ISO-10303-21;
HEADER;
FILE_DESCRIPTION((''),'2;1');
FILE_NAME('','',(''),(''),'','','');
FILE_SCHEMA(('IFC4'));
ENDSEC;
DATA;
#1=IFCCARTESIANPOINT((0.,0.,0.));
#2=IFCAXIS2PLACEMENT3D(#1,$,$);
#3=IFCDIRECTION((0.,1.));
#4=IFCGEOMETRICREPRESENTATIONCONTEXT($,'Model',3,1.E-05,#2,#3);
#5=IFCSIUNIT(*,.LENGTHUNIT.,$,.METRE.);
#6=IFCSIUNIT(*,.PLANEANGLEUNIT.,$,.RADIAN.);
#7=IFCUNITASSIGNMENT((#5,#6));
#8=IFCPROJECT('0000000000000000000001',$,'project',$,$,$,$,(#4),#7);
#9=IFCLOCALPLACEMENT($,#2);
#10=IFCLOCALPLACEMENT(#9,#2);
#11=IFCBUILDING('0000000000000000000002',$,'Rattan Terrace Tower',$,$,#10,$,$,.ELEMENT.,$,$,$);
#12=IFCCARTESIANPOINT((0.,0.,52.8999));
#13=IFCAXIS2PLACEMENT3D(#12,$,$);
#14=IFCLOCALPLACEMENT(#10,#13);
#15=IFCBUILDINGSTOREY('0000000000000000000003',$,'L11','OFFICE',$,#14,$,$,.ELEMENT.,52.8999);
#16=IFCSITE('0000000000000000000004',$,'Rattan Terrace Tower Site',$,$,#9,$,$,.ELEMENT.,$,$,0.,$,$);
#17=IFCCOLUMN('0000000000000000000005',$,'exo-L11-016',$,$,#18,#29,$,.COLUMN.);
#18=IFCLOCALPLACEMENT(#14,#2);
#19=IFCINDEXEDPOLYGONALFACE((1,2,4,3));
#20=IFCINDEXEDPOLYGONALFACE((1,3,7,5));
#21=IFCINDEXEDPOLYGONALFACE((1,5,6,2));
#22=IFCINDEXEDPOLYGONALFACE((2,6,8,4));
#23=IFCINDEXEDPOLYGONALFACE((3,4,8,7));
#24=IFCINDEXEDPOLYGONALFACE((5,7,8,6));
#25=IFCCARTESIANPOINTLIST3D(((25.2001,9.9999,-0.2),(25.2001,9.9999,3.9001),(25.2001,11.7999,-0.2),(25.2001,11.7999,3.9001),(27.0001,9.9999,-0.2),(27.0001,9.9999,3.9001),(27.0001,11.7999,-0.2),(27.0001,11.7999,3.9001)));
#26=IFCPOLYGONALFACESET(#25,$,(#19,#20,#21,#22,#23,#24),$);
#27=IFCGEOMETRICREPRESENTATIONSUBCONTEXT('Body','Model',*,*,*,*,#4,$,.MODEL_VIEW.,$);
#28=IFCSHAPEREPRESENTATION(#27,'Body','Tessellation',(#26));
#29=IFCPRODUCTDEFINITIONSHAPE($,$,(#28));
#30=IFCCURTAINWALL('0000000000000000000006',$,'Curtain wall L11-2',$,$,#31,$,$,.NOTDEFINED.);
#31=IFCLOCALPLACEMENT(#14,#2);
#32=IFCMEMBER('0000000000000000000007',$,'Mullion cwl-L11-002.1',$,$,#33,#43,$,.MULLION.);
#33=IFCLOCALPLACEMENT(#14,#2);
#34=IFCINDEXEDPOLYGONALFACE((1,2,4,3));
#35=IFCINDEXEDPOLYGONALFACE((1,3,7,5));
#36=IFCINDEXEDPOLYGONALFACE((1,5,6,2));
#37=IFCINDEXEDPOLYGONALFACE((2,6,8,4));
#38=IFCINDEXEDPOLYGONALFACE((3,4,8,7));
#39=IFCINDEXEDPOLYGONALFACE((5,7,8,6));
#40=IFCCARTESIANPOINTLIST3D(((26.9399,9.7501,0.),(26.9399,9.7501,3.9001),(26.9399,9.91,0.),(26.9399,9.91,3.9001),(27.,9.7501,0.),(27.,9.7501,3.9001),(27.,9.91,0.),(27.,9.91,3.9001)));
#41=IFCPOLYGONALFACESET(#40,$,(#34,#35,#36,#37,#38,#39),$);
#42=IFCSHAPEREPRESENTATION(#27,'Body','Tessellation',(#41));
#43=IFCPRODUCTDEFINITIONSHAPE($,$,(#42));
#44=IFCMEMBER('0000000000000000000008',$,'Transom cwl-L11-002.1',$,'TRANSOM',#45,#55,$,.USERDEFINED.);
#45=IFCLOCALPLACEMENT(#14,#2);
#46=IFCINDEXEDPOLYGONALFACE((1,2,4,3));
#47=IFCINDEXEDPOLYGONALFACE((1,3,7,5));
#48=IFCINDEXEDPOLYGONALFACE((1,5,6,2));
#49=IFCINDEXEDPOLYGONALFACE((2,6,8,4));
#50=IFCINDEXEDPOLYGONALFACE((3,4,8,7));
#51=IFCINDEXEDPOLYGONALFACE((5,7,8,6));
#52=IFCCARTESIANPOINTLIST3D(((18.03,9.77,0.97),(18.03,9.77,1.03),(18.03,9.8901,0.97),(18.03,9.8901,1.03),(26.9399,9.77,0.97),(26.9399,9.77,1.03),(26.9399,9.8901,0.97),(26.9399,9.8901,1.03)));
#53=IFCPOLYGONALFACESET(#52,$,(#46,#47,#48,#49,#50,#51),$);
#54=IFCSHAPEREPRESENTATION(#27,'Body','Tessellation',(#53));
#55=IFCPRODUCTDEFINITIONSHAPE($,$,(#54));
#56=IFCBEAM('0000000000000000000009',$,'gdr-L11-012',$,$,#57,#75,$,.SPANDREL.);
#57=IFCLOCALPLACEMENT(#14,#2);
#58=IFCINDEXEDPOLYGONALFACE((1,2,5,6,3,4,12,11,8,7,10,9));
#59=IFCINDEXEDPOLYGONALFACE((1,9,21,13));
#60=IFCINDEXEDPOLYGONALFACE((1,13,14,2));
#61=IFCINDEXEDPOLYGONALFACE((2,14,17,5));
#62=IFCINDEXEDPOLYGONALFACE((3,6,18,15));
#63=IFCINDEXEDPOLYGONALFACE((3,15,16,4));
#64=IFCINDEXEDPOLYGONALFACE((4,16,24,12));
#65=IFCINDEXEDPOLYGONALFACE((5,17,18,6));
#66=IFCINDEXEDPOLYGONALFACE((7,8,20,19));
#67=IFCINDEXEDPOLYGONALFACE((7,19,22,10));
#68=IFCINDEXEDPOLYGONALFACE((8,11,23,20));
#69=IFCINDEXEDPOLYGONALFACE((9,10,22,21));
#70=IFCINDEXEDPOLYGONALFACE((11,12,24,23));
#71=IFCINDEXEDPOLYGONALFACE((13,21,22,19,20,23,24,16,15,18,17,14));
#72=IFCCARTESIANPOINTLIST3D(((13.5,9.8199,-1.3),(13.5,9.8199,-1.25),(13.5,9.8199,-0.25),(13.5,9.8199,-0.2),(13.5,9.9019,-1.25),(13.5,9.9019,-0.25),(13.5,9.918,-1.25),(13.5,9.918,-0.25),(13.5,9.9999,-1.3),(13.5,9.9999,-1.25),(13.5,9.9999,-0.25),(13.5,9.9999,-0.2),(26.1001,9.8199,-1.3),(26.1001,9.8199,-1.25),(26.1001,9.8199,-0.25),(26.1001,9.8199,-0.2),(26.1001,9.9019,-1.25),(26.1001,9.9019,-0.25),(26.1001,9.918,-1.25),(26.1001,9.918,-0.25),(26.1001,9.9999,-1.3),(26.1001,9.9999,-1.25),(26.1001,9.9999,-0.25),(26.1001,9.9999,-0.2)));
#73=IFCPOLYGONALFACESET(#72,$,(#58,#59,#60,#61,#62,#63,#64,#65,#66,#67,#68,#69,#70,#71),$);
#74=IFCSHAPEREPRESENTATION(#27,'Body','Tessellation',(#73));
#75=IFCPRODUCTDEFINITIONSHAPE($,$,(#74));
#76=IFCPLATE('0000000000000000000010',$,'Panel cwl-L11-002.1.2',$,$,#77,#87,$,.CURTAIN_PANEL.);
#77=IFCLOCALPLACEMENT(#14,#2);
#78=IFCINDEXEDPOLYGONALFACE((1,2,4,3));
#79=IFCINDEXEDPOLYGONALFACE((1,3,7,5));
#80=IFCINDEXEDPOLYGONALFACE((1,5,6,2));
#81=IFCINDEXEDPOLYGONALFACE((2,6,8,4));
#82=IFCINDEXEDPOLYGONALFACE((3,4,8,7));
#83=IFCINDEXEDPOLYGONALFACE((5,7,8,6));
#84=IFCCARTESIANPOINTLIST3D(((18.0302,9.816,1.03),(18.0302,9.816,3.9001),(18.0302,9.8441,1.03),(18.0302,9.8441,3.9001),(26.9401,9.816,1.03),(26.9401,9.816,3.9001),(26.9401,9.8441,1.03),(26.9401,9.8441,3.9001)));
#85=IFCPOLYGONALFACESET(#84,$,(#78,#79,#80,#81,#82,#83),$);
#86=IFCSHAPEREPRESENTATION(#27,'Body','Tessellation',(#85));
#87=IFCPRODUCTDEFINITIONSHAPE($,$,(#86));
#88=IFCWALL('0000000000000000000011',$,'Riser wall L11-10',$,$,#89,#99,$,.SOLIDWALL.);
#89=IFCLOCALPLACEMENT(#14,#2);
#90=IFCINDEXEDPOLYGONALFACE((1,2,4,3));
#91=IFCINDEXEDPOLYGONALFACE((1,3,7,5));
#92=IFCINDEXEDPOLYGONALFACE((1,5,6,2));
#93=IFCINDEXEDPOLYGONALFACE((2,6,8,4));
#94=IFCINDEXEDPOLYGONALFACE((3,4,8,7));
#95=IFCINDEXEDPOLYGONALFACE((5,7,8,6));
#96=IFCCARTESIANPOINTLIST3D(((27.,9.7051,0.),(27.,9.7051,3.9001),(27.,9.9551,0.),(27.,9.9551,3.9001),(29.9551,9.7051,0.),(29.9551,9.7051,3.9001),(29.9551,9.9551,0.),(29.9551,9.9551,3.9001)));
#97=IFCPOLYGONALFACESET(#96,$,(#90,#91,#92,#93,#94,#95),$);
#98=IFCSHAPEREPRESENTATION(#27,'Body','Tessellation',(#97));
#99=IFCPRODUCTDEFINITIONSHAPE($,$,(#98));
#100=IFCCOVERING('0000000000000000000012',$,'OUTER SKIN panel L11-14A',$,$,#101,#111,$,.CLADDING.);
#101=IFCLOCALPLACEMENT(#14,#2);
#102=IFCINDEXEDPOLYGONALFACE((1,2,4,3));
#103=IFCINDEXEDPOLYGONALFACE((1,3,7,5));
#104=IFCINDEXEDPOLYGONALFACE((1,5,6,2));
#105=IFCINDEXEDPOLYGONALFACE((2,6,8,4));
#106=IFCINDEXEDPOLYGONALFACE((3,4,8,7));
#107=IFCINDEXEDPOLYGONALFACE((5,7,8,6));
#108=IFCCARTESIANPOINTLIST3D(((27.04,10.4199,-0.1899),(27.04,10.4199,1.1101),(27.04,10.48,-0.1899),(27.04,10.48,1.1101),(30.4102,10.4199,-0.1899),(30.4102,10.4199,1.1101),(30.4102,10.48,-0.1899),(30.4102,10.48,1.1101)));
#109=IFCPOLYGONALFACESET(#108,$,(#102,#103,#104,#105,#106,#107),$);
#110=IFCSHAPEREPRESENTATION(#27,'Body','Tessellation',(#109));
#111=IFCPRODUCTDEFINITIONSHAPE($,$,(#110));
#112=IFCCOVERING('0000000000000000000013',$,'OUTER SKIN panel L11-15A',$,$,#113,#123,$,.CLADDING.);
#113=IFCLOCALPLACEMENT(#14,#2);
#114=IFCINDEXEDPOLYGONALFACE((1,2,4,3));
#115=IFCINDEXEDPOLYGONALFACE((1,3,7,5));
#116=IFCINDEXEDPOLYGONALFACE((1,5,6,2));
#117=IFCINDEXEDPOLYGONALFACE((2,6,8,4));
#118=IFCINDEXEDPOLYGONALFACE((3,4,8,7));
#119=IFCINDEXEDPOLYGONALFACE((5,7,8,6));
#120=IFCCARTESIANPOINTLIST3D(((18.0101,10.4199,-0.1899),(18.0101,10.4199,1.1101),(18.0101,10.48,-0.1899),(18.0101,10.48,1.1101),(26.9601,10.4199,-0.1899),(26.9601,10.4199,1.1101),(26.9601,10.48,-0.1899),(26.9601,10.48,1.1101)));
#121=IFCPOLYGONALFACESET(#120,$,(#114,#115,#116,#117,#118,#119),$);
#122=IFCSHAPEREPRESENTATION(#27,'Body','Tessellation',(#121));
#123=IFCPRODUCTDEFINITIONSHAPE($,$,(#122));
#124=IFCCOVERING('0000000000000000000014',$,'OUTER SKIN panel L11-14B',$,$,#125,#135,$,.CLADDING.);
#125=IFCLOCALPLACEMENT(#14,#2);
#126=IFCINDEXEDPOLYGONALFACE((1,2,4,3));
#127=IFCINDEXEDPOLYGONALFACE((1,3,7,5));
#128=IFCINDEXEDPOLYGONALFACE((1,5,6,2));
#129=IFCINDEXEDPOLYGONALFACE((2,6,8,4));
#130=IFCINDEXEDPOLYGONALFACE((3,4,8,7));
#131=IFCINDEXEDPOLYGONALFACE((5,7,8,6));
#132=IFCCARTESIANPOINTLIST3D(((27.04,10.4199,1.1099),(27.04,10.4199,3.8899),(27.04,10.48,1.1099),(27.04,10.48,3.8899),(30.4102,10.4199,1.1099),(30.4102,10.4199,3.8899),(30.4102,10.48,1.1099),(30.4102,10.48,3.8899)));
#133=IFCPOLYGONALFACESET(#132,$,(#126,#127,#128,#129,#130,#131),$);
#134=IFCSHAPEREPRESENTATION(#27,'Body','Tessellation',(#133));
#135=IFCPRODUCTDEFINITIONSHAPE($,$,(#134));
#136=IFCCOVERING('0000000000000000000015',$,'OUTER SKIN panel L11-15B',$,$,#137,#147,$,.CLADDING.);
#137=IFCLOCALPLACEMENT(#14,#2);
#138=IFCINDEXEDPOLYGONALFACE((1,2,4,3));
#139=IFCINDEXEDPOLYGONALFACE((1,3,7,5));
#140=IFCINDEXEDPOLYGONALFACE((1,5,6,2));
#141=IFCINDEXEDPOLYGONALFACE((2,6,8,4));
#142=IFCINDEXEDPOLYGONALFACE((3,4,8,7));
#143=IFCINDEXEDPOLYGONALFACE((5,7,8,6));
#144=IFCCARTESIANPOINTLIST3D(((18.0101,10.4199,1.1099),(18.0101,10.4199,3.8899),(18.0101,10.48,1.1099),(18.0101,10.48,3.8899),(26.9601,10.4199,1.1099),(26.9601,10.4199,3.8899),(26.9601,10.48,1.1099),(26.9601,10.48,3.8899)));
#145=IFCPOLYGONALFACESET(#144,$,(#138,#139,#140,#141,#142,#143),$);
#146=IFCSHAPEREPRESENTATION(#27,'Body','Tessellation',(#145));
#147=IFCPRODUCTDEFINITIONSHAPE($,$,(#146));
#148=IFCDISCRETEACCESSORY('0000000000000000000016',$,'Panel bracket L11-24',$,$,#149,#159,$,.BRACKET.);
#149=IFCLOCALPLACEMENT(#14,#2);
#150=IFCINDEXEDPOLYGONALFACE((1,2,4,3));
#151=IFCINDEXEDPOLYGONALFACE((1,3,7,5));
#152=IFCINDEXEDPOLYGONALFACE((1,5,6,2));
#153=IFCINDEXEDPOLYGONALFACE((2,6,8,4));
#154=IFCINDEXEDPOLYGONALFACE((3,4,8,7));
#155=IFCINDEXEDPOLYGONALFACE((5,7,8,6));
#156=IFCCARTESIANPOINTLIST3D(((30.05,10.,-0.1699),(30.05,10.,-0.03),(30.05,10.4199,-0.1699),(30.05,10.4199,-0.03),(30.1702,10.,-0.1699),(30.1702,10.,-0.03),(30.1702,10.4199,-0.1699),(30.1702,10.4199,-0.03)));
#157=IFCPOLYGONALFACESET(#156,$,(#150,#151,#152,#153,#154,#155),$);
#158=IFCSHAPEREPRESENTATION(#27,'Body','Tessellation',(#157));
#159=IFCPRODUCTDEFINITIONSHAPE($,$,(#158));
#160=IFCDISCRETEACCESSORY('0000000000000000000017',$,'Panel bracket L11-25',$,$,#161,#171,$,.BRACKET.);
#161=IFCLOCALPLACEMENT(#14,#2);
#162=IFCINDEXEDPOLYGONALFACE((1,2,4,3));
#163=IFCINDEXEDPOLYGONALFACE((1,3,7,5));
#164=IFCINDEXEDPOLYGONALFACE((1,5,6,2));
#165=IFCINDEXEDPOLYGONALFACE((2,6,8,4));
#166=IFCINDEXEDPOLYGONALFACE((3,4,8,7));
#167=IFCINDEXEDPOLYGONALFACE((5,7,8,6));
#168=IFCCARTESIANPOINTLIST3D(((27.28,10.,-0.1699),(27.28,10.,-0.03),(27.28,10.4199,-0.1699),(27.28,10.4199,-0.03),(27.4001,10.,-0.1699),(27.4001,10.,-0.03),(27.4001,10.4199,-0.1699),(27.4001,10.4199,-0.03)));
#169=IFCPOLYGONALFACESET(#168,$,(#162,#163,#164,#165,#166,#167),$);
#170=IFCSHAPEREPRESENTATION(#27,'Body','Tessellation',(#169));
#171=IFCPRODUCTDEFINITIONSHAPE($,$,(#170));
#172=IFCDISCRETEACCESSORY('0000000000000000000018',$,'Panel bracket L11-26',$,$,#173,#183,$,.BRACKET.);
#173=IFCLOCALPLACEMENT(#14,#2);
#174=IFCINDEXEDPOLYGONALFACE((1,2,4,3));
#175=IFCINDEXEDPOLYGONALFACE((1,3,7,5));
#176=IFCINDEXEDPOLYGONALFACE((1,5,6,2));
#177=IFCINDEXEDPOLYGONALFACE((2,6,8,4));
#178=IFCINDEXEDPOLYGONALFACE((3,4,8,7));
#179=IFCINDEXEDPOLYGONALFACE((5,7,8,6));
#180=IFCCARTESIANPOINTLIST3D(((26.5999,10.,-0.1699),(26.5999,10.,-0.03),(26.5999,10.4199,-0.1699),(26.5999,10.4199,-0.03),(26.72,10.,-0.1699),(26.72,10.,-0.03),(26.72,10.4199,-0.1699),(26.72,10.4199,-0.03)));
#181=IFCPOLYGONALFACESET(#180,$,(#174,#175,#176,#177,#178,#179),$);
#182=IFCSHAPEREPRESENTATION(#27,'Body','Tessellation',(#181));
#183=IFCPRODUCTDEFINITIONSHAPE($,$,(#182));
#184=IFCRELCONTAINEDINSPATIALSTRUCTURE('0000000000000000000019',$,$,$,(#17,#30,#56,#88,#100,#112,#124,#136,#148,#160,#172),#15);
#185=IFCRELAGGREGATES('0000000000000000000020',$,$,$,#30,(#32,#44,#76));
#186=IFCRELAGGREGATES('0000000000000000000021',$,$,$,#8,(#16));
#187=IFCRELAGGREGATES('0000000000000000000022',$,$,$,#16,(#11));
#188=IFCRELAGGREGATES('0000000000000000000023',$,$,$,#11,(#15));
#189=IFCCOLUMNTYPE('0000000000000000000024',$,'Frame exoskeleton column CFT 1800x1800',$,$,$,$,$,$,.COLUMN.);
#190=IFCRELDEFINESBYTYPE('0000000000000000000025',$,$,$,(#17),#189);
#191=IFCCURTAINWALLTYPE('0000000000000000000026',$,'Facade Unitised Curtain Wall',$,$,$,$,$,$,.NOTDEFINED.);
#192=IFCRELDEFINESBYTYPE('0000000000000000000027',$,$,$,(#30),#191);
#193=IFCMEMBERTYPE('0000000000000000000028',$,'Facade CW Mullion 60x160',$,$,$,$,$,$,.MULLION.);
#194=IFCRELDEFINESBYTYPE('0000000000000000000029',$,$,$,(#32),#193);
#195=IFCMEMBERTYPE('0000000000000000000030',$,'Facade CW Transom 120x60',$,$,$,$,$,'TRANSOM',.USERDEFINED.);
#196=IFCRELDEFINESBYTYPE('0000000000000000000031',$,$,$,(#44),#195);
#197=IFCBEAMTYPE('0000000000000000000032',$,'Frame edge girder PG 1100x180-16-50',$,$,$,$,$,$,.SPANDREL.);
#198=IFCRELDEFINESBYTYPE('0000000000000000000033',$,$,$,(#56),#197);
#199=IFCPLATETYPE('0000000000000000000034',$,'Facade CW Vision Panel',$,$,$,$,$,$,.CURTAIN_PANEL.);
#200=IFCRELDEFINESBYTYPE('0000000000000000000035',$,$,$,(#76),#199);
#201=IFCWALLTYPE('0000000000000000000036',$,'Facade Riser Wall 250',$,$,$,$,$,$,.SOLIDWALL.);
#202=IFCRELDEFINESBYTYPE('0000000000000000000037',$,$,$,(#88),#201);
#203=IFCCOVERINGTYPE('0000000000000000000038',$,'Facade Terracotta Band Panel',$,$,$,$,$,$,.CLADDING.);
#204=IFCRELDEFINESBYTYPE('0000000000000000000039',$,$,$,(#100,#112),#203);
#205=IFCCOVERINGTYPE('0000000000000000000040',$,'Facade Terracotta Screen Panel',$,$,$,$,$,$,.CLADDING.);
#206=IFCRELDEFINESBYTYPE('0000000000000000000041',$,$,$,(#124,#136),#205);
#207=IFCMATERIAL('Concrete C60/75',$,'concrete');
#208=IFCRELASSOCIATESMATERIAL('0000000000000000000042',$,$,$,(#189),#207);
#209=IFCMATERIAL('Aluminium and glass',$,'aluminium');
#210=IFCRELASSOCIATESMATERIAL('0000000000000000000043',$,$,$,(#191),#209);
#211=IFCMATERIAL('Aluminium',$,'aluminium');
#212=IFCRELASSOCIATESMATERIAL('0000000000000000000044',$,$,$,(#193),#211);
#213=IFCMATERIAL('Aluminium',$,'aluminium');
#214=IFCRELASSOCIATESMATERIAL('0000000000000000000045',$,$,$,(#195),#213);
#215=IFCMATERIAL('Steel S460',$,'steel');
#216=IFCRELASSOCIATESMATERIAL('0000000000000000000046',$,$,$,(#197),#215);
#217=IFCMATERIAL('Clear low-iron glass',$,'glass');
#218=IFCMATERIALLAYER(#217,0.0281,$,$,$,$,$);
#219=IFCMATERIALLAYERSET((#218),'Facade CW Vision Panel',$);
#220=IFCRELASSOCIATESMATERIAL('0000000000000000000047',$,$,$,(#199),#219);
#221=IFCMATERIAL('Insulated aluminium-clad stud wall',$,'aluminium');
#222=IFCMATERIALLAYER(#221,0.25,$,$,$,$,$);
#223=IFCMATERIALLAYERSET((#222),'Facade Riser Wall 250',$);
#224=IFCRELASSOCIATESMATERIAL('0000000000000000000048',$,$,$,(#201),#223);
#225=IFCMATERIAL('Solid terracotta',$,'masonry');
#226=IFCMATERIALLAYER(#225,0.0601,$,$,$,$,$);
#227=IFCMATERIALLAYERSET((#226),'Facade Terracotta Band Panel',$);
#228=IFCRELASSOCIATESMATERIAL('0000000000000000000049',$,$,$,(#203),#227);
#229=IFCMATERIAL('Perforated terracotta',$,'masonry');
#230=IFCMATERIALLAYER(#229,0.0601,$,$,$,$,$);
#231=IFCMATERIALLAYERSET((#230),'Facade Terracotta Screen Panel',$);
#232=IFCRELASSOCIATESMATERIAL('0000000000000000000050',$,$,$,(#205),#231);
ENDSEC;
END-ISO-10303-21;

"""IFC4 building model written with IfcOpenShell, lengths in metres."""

from ifc_helpers import new_model, si_unit, direction, frame, frame_2d, origin, origin_2d, place, context, subcontext, project, spatial, rectangle, i_section, extrude, material, layer, layer_set, material_profile, profile_set, type_object, element, aggregate, save


model = new_model("IFC4")

# Units and contexts
model_context = context("Model", 3, precision=1e-05, world=origin(), true_north=direction((0.0, 1.0)))
body_context = subcontext(model_context, "Body", "Model", "MODEL_VIEW")
ifc_project = project(units=[si_unit("LENGTHUNIT", "METRE"), si_unit("PLANEANGLEUNIT", "RADIAN")], contexts=[model_context])

# Site, building, storey
site_placement = place(None, origin())
site = spatial("IfcSite", under=ifc_project, at=site_placement, Name="Rattan Terrace Tower Site", CompositionType="ELEMENT", RefElevation=0.0)
building_placement = place(site_placement, origin())
building = spatial("IfcBuilding", under=site, at=building_placement, Name="Rattan Terrace Tower", CompositionType="ELEMENT")
storey_placement = place(building_placement, frame((0.0, 0.0, 52.8999)))
storey = spatial("IfcBuildingStorey", under=building, at=storey_placement, Name="L11", Description="OFFICE", CompositionType="ELEMENT", Elevation=52.8999)

# Column
ifc_material_1 = material(Name="Concrete C60/75", Category="concrete")
ifc_material_profile_1 = material_profile(ifc_material_1, rectangle(XDim=1.8, YDim=1.8, at=origin_2d()), Name="CFT 1800x1800")
ifc_profile_set_1 = profile_set([ifc_material_profile_1], Name="Concrete C60/75")
column_type = type_object("IfcColumnType", Name="Frame exoskeleton column CFT 1800x1800", PredefinedType="COLUMN", material=ifc_profile_set_1)
column_placement = place(storey_placement, frame((26.1001, 10.8999, -0.2), z_axis=(0.0, 0.0, 1.0), x_axis=(1.0, 0.0, 0.0)))
element("IfcColumn", 1, at=column_placement, inside=storey, type_object=column_type, Name="exo-L11-016", PredefinedType="COLUMN", context=body_context, shape_type="SweptSolid", body=[
    extrude(rectangle(XDim=1.8, YDim=1.8, at=origin_2d()), origin(), (0.0, 0.0, 1.0), 4.1001),
])

# Curtain wall, members
ifc_material_2 = material(Name="Aluminium and glass", Category="aluminium")
curtain_wall_type = type_object("IfcCurtainWallType", Name="Facade Unitised Curtain Wall", PredefinedType="NOTDEFINED", material=ifc_material_2)
curtain_wall_placement = place(storey_placement, origin())
curtain_wall = element("IfcCurtainWall", 2, at=curtain_wall_placement, inside=storey, type_object=curtain_wall_type, Name="Curtain wall L11-2", PredefinedType="NOTDEFINED")
ifc_material_3 = material(Name="Aluminium", Category="aluminium")
ifc_material_profile_2 = material_profile(ifc_material_3, rectangle(XDim=0.0601, YDim=0.1599, at=origin_2d()), Name="Aluminium 60x160")
ifc_profile_set_2 = profile_set([ifc_material_profile_2], Name="Aluminium")
member_type_1 = type_object("IfcMemberType", Name="Facade CW Mullion 60x160", PredefinedType="MULLION", material=ifc_profile_set_2)
member_1_placement = place(storey_placement, frame((26.97, 9.8301, 0.0), z_axis=(0.0, 0.0, 1.0), x_axis=(-1.0, 0.0, 0.0)))
member_1 = element("IfcMember", 3, at=member_1_placement, type_object=member_type_1, Name="Mullion cwl-L11-002.1", PredefinedType="MULLION", context=body_context, shape_type="SweptSolid", body=[
    extrude(rectangle(XDim=0.0601, YDim=0.1599, at=origin_2d()), origin(), (0.0, 0.0, 1.0), 3.9001),
])
ifc_material_4 = material(Name="Aluminium", Category="aluminium")
ifc_material_profile_3 = material_profile(ifc_material_4, rectangle(XDim=0.1201, YDim=0.0601, at=origin_2d()), Name="Aluminium 120x60")
ifc_profile_set_3 = profile_set([ifc_material_profile_3], Name="Aluminium")
member_type_2 = type_object("IfcMemberType", Name="Facade CW Transom 120x60", ElementType="TRANSOM", PredefinedType="USERDEFINED", material=ifc_profile_set_3)
member_2_placement = place(storey_placement, frame((26.9399, 9.8301, 1.0), z_axis=(-1.0, 0.0, 0.0), x_axis=(0.0, -1.0, 0.0)))
member_2 = element("IfcMember", 4, at=member_2_placement, type_object=member_type_2, Name="Transom cwl-L11-002.1", ObjectType="TRANSOM", PredefinedType="USERDEFINED", context=body_context, shape_type="SweptSolid", body=[
    extrude(rectangle(XDim=0.1201, YDim=0.0601, at=origin_2d()), origin(), (0.0, 0.0, 1.0), 8.9099),
])

# Beam
ifc_material_5 = material(Name="Steel S460", Category="steel")
ifc_material_profile_4 = material_profile(ifc_material_5, i_section(OverallWidth=0.1799, OverallDepth=1.1001, WebThickness=0.0161, FlangeThickness=0.05, at=origin_2d()), Name="PG 1100x180-16-50")
ifc_profile_set_4 = profile_set([ifc_material_profile_4], Name="Steel S460")
beam_type = type_object("IfcBeamType", Name="Frame edge girder PG 1100x180-16-50", PredefinedType="SPANDREL", material=ifc_profile_set_4)
beam_placement = place(storey_placement, frame((26.1001, 9.9099, -0.75), z_axis=(-1.0, 0.0, 0.0), x_axis=(0.0, -1.0, 0.0)))
element("IfcBeam", 5, at=beam_placement, inside=storey, type_object=beam_type, Name="gdr-L11-012", PredefinedType="SPANDREL", context=body_context, shape_type="SweptSolid", body=[
    extrude(i_section(OverallWidth=0.1799, OverallDepth=1.1001, WebThickness=0.0161, FlangeThickness=0.05, at=origin_2d()), origin(), (0.0, 0.0, 1.0), 12.6001),
])

# Plate
ifc_material_6 = material(Name="Clear low-iron glass", Category="glass")
ifc_layer_1 = layer(ifc_material_6, 0.0281)
ifc_layer_set_1 = layer_set([ifc_layer_1], Name="Facade CW Vision Panel")
plate_type = type_object("IfcPlateType", Name="Facade CW Vision Panel", PredefinedType="CURTAIN_PANEL", material=ifc_layer_set_1)
plate_placement = place(storey_placement, frame((22.4851, 9.8301, 1.03), z_axis=(0.0, 0.0, 1.0), x_axis=(-1.0, 0.0, 0.0)))
plate = element("IfcPlate", 6, at=plate_placement, type_object=plate_type, Name="Panel cwl-L11-002.1.2", PredefinedType="CURTAIN_PANEL", context=body_context, shape_type="SweptSolid", body=[
    extrude(rectangle(XDim=8.9099, YDim=0.0281, at=origin_2d()), origin(), (0.0, 0.0, 1.0), 2.8701),
])
aggregate(curtain_wall, [member_1, member_2, plate])

# Wall
ifc_material_7 = material(Name="Insulated aluminium-clad stud wall", Category="aluminium")
ifc_layer_2 = layer(ifc_material_7, 0.25)
ifc_layer_set_2 = layer_set([ifc_layer_2], Name="Facade Riser Wall 250")
wall_type = type_object("IfcWallType", Name="Facade Riser Wall 250", PredefinedType="SOLIDWALL", material=ifc_layer_set_2)
wall_placement = place(storey_placement, frame((29.9551, 9.8301, 0.0), z_axis=(0.0, 0.0, 1.0), x_axis=(-1.0, 0.0, 0.0)))
element("IfcWall", 7, at=wall_placement, inside=storey, type_object=wall_type, Name="Riser wall L11-10", PredefinedType="SOLIDWALL", context=body_context, shape_type="SweptSolid", body=[
    extrude(rectangle(XDim=2.9551, YDim=0.25, at=frame_2d((1.4775, 0.0))), origin(), (0.0, 0.0, 1.0), 3.9001),
])

# Coverings
ifc_material_8 = material(Name="Solid terracotta", Category="masonry")
ifc_layer_3 = layer(ifc_material_8, 0.0601)
ifc_layer_set_3 = layer_set([ifc_layer_3], Name="Facade Terracotta Band Panel")
covering_type_1 = type_object("IfcCoveringType", Name="Facade Terracotta Band Panel", PredefinedType="CLADDING", material=ifc_layer_set_3)
covering_1_placement = place(storey_placement, frame((28.7251, 10.45, -0.1899), z_axis=(0.0, 0.0, 1.0), x_axis=(-1.0, 0.0, 0.0)))
element("IfcCovering", 8, at=covering_1_placement, inside=storey, type_object=covering_type_1, Name="OUTER SKIN panel L11-14A", PredefinedType="CLADDING", context=body_context, shape_type="SweptSolid", body=[
    extrude(rectangle(XDim=3.3701, YDim=0.0601, at=origin_2d()), origin(), (0.0, 0.0, 1.0), 1.3),
])
covering_2_placement = place(storey_placement, frame((22.4851, 10.45, -0.1899), z_axis=(0.0, 0.0, 1.0), x_axis=(-1.0, 0.0, 0.0)))
element("IfcCovering", 9, at=covering_2_placement, inside=storey, type_object=covering_type_1, Name="OUTER SKIN panel L11-15A", PredefinedType="CLADDING", context=body_context, shape_type="SweptSolid", body=[
    extrude(rectangle(XDim=8.95, YDim=0.0601, at=origin_2d()), origin(), (0.0, 0.0, 1.0), 1.3),
])
ifc_material_9 = material(Name="Perforated terracotta", Category="masonry")
ifc_layer_4 = layer(ifc_material_9, 0.0601)
ifc_layer_set_4 = layer_set([ifc_layer_4], Name="Facade Terracotta Screen Panel")
covering_type_2 = type_object("IfcCoveringType", Name="Facade Terracotta Screen Panel", PredefinedType="CLADDING", material=ifc_layer_set_4)
covering_3_placement = place(storey_placement, frame((28.7251, 10.45, 1.1099), z_axis=(0.0, 0.0, 1.0), x_axis=(-1.0, 0.0, 0.0)))
element("IfcCovering", 10, at=covering_3_placement, inside=storey, type_object=covering_type_2, Name="OUTER SKIN panel L11-14B", PredefinedType="CLADDING", context=body_context, shape_type="SweptSolid", body=[
    extrude(rectangle(XDim=3.3701, YDim=0.0601, at=origin_2d()), origin(), (0.0, 0.0, 1.0), 2.78),
])
covering_4_placement = place(storey_placement, frame((22.4851, 10.45, 1.1099), z_axis=(0.0, 0.0, 1.0), x_axis=(-1.0, 0.0, 0.0)))
element("IfcCovering", 11, at=covering_4_placement, inside=storey, type_object=covering_type_2, Name="OUTER SKIN panel L11-15B", PredefinedType="CLADDING", context=body_context, shape_type="SweptSolid", body=[
    extrude(rectangle(XDim=8.95, YDim=0.0601, at=origin_2d()), origin(), (0.0, 0.0, 1.0), 2.78),
])

# Discrete accessories
for number, where, z_axis, x_axis, name in (
    (12, (30.1101, 10.21, -0.1699), (0.0, 0.0, 1.0), (-1.0, 0.0, 0.0), "Panel bracket L11-24"),
    (13, (27.3401, 10.21, -0.1699), (0.0, 0.0, 1.0), (-1.0, 0.0, 0.0), "Panel bracket L11-25"),
    (14, (26.6599, 10.21, -0.1699), (0.0, 0.0, 1.0), (-1.0, 0.0, 0.0), "Panel bracket L11-26"),
):
    element("IfcDiscreteAccessory", number, at=place(storey_placement, frame(where, z_axis=z_axis, x_axis=x_axis)), inside=storey, Name=name, PredefinedType="BRACKET", context=body_context, shape_type="SweptSolid", body=[
        extrude(rectangle(XDim=0.1201, YDim=0.4199, at=origin_2d()), origin(), (0.0, 0.0, 1.0), 0.1399),
    ])

save(model, "model.ifc")
